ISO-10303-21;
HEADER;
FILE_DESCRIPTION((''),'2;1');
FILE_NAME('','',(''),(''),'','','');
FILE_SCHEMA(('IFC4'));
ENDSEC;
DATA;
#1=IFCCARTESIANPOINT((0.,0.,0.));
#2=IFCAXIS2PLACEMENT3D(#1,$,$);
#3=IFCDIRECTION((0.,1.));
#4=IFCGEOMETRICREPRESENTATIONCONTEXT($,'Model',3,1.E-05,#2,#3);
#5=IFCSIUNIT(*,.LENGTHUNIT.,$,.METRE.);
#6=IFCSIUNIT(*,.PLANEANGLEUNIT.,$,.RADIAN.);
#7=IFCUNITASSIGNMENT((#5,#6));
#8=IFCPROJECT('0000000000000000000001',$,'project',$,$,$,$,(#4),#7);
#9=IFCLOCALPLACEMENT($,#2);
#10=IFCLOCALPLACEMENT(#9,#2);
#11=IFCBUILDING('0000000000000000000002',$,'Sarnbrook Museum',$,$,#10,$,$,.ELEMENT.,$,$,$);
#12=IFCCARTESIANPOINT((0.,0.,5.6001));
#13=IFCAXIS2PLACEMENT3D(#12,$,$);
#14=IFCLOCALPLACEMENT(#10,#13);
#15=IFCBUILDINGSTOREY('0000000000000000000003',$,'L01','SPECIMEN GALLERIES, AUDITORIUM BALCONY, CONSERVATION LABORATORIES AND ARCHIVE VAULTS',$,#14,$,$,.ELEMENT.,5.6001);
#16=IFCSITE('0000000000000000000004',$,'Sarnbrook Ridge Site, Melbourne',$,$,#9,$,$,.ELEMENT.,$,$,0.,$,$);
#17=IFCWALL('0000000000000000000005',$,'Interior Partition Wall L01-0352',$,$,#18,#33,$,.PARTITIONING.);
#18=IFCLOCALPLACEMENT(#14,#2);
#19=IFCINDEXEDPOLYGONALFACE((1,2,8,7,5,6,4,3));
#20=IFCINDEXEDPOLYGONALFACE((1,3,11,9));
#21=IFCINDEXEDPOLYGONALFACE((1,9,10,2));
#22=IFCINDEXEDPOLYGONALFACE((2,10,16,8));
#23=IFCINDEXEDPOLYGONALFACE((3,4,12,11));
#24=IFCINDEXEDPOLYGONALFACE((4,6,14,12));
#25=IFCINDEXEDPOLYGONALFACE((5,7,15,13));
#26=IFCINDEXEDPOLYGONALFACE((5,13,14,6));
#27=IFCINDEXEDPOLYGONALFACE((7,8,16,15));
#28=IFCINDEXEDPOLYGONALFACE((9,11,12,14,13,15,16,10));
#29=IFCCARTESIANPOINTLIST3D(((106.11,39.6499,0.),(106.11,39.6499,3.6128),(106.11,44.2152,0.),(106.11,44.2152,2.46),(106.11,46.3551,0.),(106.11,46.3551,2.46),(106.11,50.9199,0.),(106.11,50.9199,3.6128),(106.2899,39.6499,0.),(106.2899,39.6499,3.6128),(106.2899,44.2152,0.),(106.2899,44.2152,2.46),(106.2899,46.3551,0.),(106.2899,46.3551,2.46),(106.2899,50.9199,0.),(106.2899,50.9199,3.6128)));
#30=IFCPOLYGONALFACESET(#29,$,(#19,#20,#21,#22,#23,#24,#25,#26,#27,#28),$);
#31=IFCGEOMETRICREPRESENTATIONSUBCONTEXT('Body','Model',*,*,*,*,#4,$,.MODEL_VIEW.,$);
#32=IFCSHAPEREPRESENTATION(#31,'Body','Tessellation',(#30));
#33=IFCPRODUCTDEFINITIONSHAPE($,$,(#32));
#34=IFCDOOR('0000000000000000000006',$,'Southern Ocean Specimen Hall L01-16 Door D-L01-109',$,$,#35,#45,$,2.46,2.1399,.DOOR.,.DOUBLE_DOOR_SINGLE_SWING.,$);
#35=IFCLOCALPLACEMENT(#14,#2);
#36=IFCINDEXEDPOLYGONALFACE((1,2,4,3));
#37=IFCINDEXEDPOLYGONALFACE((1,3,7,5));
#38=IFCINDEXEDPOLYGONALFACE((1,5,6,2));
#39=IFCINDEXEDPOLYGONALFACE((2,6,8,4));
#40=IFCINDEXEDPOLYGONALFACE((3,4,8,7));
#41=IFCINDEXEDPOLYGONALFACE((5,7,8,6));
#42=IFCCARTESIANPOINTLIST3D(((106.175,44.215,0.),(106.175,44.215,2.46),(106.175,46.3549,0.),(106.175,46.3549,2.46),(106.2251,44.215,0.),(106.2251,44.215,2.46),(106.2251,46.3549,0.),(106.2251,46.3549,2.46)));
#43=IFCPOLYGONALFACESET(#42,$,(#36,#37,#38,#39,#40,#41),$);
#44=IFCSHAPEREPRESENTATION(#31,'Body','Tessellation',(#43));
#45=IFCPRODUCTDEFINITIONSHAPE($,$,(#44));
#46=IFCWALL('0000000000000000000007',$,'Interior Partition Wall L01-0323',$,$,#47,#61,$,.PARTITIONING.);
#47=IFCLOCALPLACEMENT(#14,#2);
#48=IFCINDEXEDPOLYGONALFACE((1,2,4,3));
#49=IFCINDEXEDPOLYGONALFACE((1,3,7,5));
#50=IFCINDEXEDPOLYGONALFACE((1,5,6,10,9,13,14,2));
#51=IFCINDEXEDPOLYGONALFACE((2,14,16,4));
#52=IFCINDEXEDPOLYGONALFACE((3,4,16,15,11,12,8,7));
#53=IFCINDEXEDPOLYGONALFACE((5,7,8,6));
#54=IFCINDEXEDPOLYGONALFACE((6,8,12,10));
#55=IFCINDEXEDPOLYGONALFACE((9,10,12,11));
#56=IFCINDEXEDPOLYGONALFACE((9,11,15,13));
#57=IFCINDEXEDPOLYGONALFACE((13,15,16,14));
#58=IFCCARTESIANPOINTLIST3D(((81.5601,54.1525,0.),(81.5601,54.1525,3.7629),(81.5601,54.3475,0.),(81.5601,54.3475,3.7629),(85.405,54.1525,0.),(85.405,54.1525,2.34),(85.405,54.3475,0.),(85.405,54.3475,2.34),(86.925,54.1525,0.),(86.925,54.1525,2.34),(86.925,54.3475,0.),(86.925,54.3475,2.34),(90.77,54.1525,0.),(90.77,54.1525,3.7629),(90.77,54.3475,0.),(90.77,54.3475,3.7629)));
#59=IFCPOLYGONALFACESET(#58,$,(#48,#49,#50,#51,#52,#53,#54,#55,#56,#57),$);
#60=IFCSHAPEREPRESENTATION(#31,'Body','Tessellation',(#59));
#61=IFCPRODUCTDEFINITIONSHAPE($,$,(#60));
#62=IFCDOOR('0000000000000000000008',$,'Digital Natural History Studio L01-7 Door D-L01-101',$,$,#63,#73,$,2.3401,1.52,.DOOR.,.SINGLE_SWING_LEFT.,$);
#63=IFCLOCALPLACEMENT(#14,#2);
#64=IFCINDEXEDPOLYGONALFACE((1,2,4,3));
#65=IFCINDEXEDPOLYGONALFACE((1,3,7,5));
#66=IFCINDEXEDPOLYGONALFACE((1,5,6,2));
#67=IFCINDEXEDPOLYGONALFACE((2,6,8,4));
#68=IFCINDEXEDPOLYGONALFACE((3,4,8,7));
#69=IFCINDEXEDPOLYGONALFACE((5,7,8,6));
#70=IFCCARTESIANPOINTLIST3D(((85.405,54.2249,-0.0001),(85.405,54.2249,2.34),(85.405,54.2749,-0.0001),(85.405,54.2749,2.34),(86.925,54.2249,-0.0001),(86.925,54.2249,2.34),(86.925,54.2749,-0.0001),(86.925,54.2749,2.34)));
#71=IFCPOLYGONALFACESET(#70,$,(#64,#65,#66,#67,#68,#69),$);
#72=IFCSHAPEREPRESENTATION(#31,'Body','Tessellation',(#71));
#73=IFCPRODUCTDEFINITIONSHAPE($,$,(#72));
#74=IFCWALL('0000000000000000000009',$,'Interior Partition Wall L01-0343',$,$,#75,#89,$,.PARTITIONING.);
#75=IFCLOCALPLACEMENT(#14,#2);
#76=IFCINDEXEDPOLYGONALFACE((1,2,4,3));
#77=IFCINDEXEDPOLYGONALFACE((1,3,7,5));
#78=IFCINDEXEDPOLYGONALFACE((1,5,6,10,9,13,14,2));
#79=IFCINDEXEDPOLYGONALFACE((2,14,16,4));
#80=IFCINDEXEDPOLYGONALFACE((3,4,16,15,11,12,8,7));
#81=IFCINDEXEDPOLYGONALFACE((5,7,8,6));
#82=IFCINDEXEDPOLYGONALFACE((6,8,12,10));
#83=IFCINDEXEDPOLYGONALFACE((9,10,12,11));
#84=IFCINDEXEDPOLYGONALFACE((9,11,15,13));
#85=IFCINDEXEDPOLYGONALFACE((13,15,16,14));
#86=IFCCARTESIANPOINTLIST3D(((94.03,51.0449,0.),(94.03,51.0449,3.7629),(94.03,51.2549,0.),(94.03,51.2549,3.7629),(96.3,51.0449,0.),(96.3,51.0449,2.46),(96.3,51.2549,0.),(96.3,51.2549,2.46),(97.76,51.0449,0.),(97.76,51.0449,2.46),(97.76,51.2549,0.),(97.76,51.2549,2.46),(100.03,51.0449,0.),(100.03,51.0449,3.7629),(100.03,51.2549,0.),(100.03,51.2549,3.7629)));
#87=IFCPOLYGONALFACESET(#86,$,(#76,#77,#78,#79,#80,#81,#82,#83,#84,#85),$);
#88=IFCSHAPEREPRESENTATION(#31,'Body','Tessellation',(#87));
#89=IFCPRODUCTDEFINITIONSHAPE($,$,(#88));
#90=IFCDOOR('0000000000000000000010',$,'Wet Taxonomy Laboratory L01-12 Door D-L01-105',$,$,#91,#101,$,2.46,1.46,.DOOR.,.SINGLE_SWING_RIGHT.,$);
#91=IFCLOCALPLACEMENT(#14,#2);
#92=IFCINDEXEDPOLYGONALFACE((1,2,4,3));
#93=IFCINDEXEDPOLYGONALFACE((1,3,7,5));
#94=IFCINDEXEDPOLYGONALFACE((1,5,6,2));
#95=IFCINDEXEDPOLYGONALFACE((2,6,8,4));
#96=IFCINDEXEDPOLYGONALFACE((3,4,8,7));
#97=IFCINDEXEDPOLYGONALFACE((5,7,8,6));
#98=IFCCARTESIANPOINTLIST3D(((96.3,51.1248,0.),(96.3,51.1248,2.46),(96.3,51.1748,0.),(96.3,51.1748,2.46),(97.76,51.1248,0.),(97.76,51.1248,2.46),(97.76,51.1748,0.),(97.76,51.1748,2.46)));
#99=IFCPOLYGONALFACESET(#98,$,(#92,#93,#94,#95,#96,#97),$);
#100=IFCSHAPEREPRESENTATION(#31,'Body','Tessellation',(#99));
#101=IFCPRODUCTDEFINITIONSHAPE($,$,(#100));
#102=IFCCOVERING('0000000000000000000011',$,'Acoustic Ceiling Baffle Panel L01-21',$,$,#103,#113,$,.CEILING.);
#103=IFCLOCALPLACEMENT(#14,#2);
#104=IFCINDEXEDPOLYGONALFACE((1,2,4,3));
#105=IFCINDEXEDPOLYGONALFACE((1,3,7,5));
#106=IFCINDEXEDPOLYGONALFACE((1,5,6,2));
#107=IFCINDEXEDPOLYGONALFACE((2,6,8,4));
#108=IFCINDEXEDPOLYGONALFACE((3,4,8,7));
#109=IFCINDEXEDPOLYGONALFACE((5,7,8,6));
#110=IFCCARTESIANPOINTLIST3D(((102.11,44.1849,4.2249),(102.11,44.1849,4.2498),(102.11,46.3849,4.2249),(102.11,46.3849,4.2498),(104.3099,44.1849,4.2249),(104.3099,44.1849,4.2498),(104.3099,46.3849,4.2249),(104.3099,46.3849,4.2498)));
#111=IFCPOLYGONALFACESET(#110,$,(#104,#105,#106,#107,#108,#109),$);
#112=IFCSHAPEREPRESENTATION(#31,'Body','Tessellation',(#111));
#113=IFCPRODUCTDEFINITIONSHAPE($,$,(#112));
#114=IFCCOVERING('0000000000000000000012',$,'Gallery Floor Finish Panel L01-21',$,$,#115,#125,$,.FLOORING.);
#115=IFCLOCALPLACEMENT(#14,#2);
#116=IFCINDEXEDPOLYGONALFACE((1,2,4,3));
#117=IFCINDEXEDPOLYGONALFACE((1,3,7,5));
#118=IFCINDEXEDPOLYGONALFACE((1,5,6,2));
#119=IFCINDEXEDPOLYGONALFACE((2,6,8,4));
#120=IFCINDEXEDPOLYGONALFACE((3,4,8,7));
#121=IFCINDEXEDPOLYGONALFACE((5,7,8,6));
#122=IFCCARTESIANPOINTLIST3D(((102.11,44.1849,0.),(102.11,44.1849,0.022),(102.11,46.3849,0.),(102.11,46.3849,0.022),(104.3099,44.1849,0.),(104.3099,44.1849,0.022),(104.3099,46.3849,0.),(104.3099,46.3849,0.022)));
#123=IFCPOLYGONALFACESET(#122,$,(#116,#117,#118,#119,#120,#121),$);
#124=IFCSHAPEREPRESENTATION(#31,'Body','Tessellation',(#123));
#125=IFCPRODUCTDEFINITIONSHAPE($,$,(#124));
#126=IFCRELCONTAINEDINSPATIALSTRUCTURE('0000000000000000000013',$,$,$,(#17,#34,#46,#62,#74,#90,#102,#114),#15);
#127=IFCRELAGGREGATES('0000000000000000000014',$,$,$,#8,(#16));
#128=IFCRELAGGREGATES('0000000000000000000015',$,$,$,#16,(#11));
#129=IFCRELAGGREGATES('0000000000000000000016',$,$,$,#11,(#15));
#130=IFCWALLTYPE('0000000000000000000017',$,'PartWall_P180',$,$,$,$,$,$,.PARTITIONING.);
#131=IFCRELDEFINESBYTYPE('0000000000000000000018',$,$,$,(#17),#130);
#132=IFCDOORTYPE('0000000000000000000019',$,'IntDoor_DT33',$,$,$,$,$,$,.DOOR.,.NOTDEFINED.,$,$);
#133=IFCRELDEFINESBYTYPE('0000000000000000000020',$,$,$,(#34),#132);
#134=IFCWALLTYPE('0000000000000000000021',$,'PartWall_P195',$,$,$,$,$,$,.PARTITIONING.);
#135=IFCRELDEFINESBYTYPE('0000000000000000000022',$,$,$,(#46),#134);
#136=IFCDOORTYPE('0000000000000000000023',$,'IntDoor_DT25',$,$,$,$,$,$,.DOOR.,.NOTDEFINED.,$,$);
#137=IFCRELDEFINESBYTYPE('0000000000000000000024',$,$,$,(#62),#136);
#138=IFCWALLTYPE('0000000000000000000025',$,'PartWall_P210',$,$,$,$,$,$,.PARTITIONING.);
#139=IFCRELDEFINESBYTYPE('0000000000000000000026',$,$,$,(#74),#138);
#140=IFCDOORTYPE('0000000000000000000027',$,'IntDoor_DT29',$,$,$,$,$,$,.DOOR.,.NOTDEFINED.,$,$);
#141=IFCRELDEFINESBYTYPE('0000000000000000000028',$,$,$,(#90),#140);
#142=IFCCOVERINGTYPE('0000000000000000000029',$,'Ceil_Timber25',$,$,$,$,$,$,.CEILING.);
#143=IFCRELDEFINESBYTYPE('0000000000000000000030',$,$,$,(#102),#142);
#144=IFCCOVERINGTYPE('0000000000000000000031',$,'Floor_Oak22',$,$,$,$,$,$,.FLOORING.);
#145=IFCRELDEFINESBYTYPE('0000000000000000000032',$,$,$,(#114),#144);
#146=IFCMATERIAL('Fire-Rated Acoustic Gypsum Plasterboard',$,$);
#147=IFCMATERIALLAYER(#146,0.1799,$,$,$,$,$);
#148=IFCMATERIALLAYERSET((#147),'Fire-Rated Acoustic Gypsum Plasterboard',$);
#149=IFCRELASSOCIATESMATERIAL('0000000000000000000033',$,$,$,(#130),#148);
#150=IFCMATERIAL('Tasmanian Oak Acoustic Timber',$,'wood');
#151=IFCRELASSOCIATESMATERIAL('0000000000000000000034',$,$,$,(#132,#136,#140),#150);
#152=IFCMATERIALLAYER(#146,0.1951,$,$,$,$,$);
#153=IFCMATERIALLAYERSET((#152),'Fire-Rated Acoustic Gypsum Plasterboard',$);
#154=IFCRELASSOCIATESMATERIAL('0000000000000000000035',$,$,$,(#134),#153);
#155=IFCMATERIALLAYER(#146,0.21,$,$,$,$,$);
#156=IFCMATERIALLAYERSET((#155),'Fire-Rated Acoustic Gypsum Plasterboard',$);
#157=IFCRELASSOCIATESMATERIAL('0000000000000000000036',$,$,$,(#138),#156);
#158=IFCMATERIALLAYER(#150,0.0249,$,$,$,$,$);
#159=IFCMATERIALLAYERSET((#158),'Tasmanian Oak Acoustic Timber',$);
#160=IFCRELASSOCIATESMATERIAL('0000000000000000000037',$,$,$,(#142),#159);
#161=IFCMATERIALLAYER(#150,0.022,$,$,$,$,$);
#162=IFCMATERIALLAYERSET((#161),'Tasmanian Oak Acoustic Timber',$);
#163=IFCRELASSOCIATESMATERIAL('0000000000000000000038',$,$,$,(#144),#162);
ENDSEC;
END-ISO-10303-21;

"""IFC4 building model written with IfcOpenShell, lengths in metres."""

from ifc_helpers import new_model, si_unit, direction, frame, frame_2d, origin, origin_2d, place, context, subcontext, project, spatial, rectangle, extrude, material, layer, layer_set, type_object, element, fill, save


model = new_model("IFC4")

# Units and contexts
model_context = context("Model", 3, precision=1e-05, world=origin(), true_north=direction((0.0, 1.0)))
body_context = subcontext(model_context, "Body", "Model", "MODEL_VIEW")
ifc_project = project(units=[si_unit("LENGTHUNIT", "METRE"), si_unit("PLANEANGLEUNIT", "RADIAN")], contexts=[model_context])

# Site, building, storey
site_placement = place(None, origin())
site = spatial("IfcSite", under=ifc_project, at=site_placement, Name="Sarnbrook Ridge Site, Melbourne", CompositionType="ELEMENT", RefElevation=0.0)
building_placement = place(site_placement, origin())
building = spatial("IfcBuilding", under=site, at=building_placement, Name="Sarnbrook Museum", CompositionType="ELEMENT")
storey_placement = place(building_placement, frame((0.0, 0.0, 5.6001)))
storey = spatial("IfcBuildingStorey", under=building, at=storey_placement, Name="L01", Description="SPECIMEN GALLERIES, AUDITORIUM BALCONY, CONSERVATION LABORATORIES AND ARCHIVE VAULTS", CompositionType="ELEMENT", Elevation=5.6001)

# Shared definitions
ifc_material_1 = material(Name="Fire-Rated Acoustic Gypsum Plasterboard")

# Walls, openings, doors
ifc_layer_1 = layer(ifc_material_1, 0.1799)
ifc_layer_set_1 = layer_set([ifc_layer_1], Name="Fire-Rated Acoustic Gypsum Plasterboard")
wall_type_1 = type_object("IfcWallType", Name="PartWall_P180", PredefinedType="PARTITIONING", material=ifc_layer_set_1)
ifc_material_2 = material(Name="Tasmanian Oak Acoustic Timber", Category="wood")
wall_1_placement = place(storey_placement, frame((106.2, 50.9199, 0.0), z_axis=(0.0, 0.0, 1.0), x_axis=(0.0, -1.0, 0.0)))
wall_1 = element("IfcWall", 1, at=wall_1_placement, inside=storey, type_object=wall_type_1, Name="Interior Partition Wall L01-0352", PredefinedType="PARTITIONING", context=body_context, shape_type="SweptSolid", body=[
    extrude(rectangle(XDim=11.27, YDim=0.1799, at=frame_2d((5.635, 0.0))), origin(), (0.0, 0.0, 1.0), 3.6128),
])
opening_1_placement = place(wall_1_placement, frame((4.5649, 0.0, 0.0)))
opening_1 = element("IfcOpeningElement", 2, at=opening_1_placement, cuts=wall_1, PredefinedType="OPENING", context=body_context, shape_type="SweptSolid", body=[
    extrude(rectangle(XDim=2.1399, YDim=2.46, at=frame_2d((1.0698, 1.23))), frame((0.0, 0.1001, 0.0), z_axis=(0.0, -1.0, 0.0), x_axis=(1.0, 0.0, 0.0)), (0.0, 0.0, 1.0), 0.2),
])
door_type_1 = type_object("IfcDoorType", Name="IntDoor_DT33", OperationType="NOTDEFINED", PredefinedType="DOOR", material=ifc_material_2)
door_1_placement = place(opening_1_placement, frame((2.1399, 0.0, 0.0), z_axis=(0.0, 0.0, 1.0), x_axis=(-1.0, 0.0, 0.0)))
door_1 = element("IfcDoor", 3, at=door_1_placement, inside=storey, type_object=door_type_1, Name="Southern Ocean Specimen Hall L01-16 Door D-L01-109", OperationType="DOUBLE_DOOR_SINGLE_SWING", OverallHeight=2.46, OverallWidth=2.1399, PredefinedType="DOOR", context=body_context, shape_type="SweptSolid", body=[
    extrude(rectangle(XDim=2.1399, YDim=2.46, at=frame_2d((1.0698, 1.23))), frame((0.0, 0.0249, 0.0), z_axis=(0.0, -1.0, 0.0), x_axis=(1.0, 0.0, 0.0)), (0.0, 0.0, 1.0), 0.05),
])
fill(opening_1, door_1)
ifc_layer_2 = layer(ifc_material_1, 0.1951)
ifc_layer_set_2 = layer_set([ifc_layer_2], Name="Fire-Rated Acoustic Gypsum Plasterboard")
wall_type_2 = type_object("IfcWallType", Name="PartWall_P195", PredefinedType="PARTITIONING", material=ifc_layer_set_2)
wall_2_placement = place(storey_placement, frame((90.77, 54.25, 0.0), z_axis=(0.0, 0.0, 1.0), x_axis=(-1.0, 0.0, 0.0)))
wall_2 = element("IfcWall", 4, at=wall_2_placement, inside=storey, type_object=wall_type_2, Name="Interior Partition Wall L01-0323", PredefinedType="PARTITIONING", context=body_context, shape_type="SweptSolid", body=[
    extrude(rectangle(XDim=9.21, YDim=0.1951, at=frame_2d((4.605, 0.0))), origin(), (0.0, 0.0, 1.0), 3.7629),
])
opening_2_placement = place(wall_2_placement, frame((3.845, 0.0, 0.0)))
opening_2 = element("IfcOpeningElement", 5, at=opening_2_placement, cuts=wall_2, PredefinedType="OPENING", context=body_context, shape_type="SweptSolid", body=[
    extrude(rectangle(XDim=1.52, YDim=2.3401, at=frame_2d((0.76, 1.1699))), frame((0.0, 0.1074, 0.0), z_axis=(0.0, -1.0, 0.0), x_axis=(1.0, 0.0, 0.0)), (0.0, 0.0, 1.0), 0.2151),
])
door_type_2 = type_object("IfcDoorType", Name="IntDoor_DT25", OperationType="NOTDEFINED", PredefinedType="DOOR", material=ifc_material_2)
door_2_placement = place(opening_2_placement, frame((1.52, 0.0, 0.0), z_axis=(0.0, 0.0, 1.0), x_axis=(-1.0, 0.0, 0.0)))
door_2 = element("IfcDoor", 6, at=door_2_placement, inside=storey, type_object=door_type_2, Name="Digital Natural History Studio L01-7 Door D-L01-101", OperationType="SINGLE_SWING_LEFT", OverallHeight=2.3401, OverallWidth=1.52, PredefinedType="DOOR", context=body_context, shape_type="SweptSolid", body=[
    extrude(rectangle(XDim=1.52, YDim=2.3401, at=frame_2d((0.76, 1.1699))), frame((0.0, 0.0249, 0.0), z_axis=(0.0, -1.0, 0.0), x_axis=(1.0, 0.0, 0.0)), (0.0, 0.0, 1.0), 0.05),
])
fill(opening_2, door_2)
ifc_layer_3 = layer(ifc_material_1, 0.21)
ifc_layer_set_3 = layer_set([ifc_layer_3], Name="Fire-Rated Acoustic Gypsum Plasterboard")
wall_type_3 = type_object("IfcWallType", Name="PartWall_P210", PredefinedType="PARTITIONING", material=ifc_layer_set_3)
wall_3_placement = place(storey_placement, frame((94.03, 51.1499, 0.0), z_axis=(0.0, 0.0, 1.0), x_axis=(1.0, 0.0, 0.0)))
wall_3 = element("IfcWall", 7, at=wall_3_placement, inside=storey, type_object=wall_type_3, Name="Interior Partition Wall L01-0343", PredefinedType="PARTITIONING", context=body_context, shape_type="SweptSolid", body=[
    extrude(rectangle(XDim=6.0, YDim=0.21, at=frame_2d((3.0, 0.0))), origin(), (0.0, 0.0, 1.0), 3.7629),
])
opening_3_placement = place(wall_3_placement, frame((2.27, 0.0, 0.0)))
opening_3 = element("IfcOpeningElement", 8, at=opening_3_placement, cuts=wall_3, PredefinedType="OPENING", context=body_context, shape_type="SweptSolid", body=[
    extrude(rectangle(XDim=1.46, YDim=2.46, at=frame_2d((0.73, 1.23))), frame((0.0, 0.115, 0.0), z_axis=(0.0, -1.0, 0.0), x_axis=(1.0, 0.0, 0.0)), (0.0, 0.0, 1.0), 0.23),
])
door_type_3 = type_object("IfcDoorType", Name="IntDoor_DT29", OperationType="NOTDEFINED", PredefinedType="DOOR", material=ifc_material_2)
door_3_placement = place(opening_3_placement, origin())
door_3 = element("IfcDoor", 9, at=door_3_placement, inside=storey, type_object=door_type_3, Name="Wet Taxonomy Laboratory L01-12 Door D-L01-105", OperationType="SINGLE_SWING_RIGHT", OverallHeight=2.46, OverallWidth=1.46, PredefinedType="DOOR", context=body_context, shape_type="SweptSolid", body=[
    extrude(rectangle(XDim=1.46, YDim=2.46, at=frame_2d((0.73, 1.23))), frame((0.0, 0.0249, 0.0), z_axis=(0.0, -1.0, 0.0), x_axis=(1.0, 0.0, 0.0)), (0.0, 0.0, 1.0), 0.05),
])
fill(opening_3, door_3)

# Coverings
ifc_layer_4 = layer(ifc_material_2, 0.0249)
ifc_layer_set_4 = layer_set([ifc_layer_4], Name="Tasmanian Oak Acoustic Timber")
covering_type_1 = type_object("IfcCoveringType", Name="Ceil_Timber25", PredefinedType="CEILING", material=ifc_layer_set_4)
covering_1_placement = place(storey_placement, frame((103.21, 45.2849, 4.2249), z_axis=(0.0, 0.0, 1.0), x_axis=(1.0, 0.0, 0.0)))
element("IfcCovering", 10, at=covering_1_placement, inside=storey, type_object=covering_type_1, Name="Acoustic Ceiling Baffle Panel L01-21", PredefinedType="CEILING", context=body_context, shape_type="SweptSolid", body=[
    extrude(rectangle(XDim=2.2, YDim=2.2, at=origin_2d()), origin(), (0.0, 0.0, 1.0), 0.0249),
])
ifc_layer_5 = layer(ifc_material_2, 0.022)
ifc_layer_set_5 = layer_set([ifc_layer_5], Name="Tasmanian Oak Acoustic Timber")
covering_type_2 = type_object("IfcCoveringType", Name="Floor_Oak22", PredefinedType="FLOORING", material=ifc_layer_set_5)
covering_2_placement = place(storey_placement, frame((103.21, 45.2849, 0.0), z_axis=(0.0, 0.0, 1.0), x_axis=(1.0, 0.0, 0.0)))
element("IfcCovering", 11, at=covering_2_placement, inside=storey, type_object=covering_type_2, Name="Gallery Floor Finish Panel L01-21", PredefinedType="FLOORING", context=body_context, shape_type="SweptSolid", body=[
    extrude(rectangle(XDim=2.2, YDim=2.2, at=origin_2d()), origin(), (0.0, 0.0, 1.0), 0.022),
])

save(model, "model.ifc")
